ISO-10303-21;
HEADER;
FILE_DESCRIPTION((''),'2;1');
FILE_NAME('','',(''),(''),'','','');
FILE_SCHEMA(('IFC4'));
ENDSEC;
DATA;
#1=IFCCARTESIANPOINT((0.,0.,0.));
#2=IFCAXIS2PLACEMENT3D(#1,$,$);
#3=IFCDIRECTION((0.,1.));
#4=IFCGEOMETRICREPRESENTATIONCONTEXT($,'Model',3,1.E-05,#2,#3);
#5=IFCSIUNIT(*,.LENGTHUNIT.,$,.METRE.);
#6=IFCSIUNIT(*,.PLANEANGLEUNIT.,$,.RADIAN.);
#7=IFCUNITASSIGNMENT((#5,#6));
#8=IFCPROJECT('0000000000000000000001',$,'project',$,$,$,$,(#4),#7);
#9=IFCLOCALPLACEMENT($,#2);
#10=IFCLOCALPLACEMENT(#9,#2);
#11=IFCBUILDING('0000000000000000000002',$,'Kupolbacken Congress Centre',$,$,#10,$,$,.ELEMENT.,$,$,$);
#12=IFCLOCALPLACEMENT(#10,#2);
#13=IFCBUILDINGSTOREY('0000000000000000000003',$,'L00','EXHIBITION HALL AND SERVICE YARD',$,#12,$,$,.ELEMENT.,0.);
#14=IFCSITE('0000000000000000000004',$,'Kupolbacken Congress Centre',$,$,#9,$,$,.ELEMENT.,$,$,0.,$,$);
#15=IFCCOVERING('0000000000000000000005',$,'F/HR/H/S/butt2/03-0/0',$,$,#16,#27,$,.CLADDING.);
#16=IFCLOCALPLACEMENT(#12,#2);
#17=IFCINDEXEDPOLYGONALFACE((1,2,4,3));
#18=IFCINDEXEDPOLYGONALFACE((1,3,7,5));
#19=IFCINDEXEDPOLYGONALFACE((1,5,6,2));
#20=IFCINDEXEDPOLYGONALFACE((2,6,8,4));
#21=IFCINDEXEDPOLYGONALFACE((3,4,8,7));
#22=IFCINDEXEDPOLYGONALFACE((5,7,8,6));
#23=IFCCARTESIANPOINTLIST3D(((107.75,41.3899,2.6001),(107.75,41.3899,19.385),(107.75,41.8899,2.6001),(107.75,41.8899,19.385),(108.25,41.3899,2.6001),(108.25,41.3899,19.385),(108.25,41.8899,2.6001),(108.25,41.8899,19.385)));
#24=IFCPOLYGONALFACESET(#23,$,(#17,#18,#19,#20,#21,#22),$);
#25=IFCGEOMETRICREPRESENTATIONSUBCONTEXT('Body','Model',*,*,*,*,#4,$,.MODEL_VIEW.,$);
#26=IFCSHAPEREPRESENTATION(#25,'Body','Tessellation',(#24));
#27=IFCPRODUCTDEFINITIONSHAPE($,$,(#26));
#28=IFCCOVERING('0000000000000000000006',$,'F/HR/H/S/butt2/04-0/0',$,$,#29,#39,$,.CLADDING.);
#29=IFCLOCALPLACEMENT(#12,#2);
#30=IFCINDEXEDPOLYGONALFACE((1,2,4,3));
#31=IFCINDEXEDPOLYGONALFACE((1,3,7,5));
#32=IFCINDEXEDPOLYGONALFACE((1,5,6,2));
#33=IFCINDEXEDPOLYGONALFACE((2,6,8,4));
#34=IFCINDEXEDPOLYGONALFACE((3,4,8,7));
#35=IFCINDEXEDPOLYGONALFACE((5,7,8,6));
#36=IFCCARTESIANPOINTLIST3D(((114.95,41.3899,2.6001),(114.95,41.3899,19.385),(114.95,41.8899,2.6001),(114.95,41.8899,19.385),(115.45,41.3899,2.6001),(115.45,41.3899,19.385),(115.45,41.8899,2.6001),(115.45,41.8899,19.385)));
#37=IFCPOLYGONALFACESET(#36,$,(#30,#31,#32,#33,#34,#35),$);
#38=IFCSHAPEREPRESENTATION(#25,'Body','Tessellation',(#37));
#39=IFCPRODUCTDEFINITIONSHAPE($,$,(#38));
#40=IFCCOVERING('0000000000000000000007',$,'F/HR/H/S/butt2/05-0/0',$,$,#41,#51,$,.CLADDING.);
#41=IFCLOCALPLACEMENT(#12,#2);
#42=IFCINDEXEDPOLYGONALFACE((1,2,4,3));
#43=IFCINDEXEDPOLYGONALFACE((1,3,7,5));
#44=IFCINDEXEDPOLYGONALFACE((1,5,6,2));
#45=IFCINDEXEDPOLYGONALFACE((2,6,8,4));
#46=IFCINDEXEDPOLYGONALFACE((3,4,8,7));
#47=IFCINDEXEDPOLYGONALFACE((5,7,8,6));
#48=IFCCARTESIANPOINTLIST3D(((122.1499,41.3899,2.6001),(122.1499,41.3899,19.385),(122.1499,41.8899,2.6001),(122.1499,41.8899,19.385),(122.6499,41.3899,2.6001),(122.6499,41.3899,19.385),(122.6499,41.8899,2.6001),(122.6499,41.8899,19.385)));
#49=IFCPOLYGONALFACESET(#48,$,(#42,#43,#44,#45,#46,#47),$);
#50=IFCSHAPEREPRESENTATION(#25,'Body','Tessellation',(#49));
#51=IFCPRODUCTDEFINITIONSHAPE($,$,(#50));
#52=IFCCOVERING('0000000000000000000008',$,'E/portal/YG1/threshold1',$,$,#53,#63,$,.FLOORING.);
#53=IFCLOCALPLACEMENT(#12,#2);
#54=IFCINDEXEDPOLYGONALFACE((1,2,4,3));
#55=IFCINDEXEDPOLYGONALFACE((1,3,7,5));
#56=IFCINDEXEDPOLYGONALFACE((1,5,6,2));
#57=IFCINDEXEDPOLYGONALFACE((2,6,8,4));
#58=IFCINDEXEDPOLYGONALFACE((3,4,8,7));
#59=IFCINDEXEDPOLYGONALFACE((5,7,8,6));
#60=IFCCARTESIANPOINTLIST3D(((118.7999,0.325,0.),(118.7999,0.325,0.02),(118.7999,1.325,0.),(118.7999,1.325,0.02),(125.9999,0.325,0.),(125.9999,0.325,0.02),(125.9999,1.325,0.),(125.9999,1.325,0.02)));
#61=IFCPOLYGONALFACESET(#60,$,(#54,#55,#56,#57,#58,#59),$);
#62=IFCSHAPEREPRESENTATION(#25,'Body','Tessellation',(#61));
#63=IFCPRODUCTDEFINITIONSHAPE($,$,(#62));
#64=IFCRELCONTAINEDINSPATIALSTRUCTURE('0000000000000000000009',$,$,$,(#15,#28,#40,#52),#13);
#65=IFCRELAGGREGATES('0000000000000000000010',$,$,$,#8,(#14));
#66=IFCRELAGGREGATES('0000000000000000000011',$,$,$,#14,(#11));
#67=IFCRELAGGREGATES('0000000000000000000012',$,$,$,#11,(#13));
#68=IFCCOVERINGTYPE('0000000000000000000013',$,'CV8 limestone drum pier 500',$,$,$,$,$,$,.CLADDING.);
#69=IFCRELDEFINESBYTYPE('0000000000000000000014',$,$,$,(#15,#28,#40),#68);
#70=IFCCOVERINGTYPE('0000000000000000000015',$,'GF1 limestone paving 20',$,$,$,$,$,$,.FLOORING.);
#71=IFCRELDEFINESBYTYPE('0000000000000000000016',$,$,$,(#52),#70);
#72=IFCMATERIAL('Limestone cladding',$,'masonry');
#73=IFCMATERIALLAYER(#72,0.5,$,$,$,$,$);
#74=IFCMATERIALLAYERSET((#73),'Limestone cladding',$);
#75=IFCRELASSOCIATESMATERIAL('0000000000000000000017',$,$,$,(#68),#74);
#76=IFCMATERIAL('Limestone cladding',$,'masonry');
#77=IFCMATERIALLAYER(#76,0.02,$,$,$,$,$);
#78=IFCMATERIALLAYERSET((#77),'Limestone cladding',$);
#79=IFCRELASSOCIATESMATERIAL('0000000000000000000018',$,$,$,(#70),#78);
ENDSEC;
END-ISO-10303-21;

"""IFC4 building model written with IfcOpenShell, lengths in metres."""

from ifc_helpers import new_model, si_unit, direction, frame, origin, origin_2d, place, context, subcontext, project, spatial, rectangle, extrude, material, layer, layer_set, type_object, element, save


model = new_model("IFC4")

# Units and contexts
model_context = context("Model", 3, precision=1e-05, world=origin(), true_north=direction((0.0, 1.0)))
body_context = subcontext(model_context, "Body", "Model", "MODEL_VIEW")
ifc_project = project(units=[si_unit("LENGTHUNIT", "METRE"), si_unit("PLANEANGLEUNIT", "RADIAN")], contexts=[model_context])

# Site, building, storey
site_placement = place(None, origin())
site = spatial("IfcSite", under=ifc_project, at=site_placement, Name="Kupolbacken Congress Centre", CompositionType="ELEMENT", RefElevation=0.0)
building_placement = place(site_placement, origin())
building = spatial("IfcBuilding", under=site, at=building_placement, Name="Kupolbacken Congress Centre", CompositionType="ELEMENT")
storey_placement = place(building_placement, origin())
storey = spatial("IfcBuildingStorey", under=building, at=storey_placement, Name="L00", Description="EXHIBITION HALL AND SERVICE YARD", CompositionType="ELEMENT", Elevation=0.0)

# Coverings
ifc_material_1 = material(Name="Limestone cladding", Category="masonry")
ifc_layer_1 = layer(ifc_material_1, 0.5)
ifc_layer_set_1 = layer_set([ifc_layer_1], Name="Limestone cladding")
covering_type_1 = type_object("IfcCoveringType", Name="CV8 limestone drum pier 500", PredefinedType="CLADDING", material=ifc_layer_set_1)
for number, where, z_axis, x_axis, name in (
    (1, (108.0, 41.6399, 2.6001), (0.0, 0.0, 1.0), (1.0, 0.0, 0.0), "F/HR/H/S/butt2/03-0/0"),
    (2, (115.2, 41.6399, 2.6001), (0.0, 0.0, 1.0), (1.0, 0.0, 0.0), "F/HR/H/S/butt2/04-0/0"),
    (3, (122.3999, 41.6399, 2.6001), (0.0, 0.0, 1.0), (1.0, 0.0, 0.0), "F/HR/H/S/butt2/05-0/0"),
):
    element("IfcCovering", number, at=place(storey_placement, frame(where, z_axis=z_axis, x_axis=x_axis)), inside=storey, type_object=covering_type_1, Name=name, PredefinedType="CLADDING", context=body_context, shape_type="SweptSolid", body=[
        extrude(rectangle(XDim=0.5, YDim=0.5, at=origin_2d()), origin(), (0.0, 0.0, 1.0), 16.7849),
    ])
ifc_material_2 = material(Name="Limestone cladding", Category="masonry")
ifc_layer_2 = layer(ifc_material_2, 0.02)
ifc_layer_set_2 = layer_set([ifc_layer_2], Name="Limestone cladding")
covering_type_2 = type_object("IfcCoveringType", Name="GF1 limestone paving 20", PredefinedType="FLOORING", material=ifc_layer_set_2)
covering_1_placement = place(storey_placement, frame((122.3999, 0.825, 0.0), z_axis=(0.0, 0.0, 1.0), x_axis=(1.0, 0.0, 0.0)))
element("IfcCovering", 4, at=covering_1_placement, inside=storey, type_object=covering_type_2, Name="E/portal/YG1/threshold1", PredefinedType="FLOORING", context=body_context, shape_type="SweptSolid", body=[
    extrude(rectangle(XDim=7.2, YDim=1.0, at=origin_2d()), origin(), (0.0, 0.0, 1.0), 0.02),
])

save(model, "model.ifc")
